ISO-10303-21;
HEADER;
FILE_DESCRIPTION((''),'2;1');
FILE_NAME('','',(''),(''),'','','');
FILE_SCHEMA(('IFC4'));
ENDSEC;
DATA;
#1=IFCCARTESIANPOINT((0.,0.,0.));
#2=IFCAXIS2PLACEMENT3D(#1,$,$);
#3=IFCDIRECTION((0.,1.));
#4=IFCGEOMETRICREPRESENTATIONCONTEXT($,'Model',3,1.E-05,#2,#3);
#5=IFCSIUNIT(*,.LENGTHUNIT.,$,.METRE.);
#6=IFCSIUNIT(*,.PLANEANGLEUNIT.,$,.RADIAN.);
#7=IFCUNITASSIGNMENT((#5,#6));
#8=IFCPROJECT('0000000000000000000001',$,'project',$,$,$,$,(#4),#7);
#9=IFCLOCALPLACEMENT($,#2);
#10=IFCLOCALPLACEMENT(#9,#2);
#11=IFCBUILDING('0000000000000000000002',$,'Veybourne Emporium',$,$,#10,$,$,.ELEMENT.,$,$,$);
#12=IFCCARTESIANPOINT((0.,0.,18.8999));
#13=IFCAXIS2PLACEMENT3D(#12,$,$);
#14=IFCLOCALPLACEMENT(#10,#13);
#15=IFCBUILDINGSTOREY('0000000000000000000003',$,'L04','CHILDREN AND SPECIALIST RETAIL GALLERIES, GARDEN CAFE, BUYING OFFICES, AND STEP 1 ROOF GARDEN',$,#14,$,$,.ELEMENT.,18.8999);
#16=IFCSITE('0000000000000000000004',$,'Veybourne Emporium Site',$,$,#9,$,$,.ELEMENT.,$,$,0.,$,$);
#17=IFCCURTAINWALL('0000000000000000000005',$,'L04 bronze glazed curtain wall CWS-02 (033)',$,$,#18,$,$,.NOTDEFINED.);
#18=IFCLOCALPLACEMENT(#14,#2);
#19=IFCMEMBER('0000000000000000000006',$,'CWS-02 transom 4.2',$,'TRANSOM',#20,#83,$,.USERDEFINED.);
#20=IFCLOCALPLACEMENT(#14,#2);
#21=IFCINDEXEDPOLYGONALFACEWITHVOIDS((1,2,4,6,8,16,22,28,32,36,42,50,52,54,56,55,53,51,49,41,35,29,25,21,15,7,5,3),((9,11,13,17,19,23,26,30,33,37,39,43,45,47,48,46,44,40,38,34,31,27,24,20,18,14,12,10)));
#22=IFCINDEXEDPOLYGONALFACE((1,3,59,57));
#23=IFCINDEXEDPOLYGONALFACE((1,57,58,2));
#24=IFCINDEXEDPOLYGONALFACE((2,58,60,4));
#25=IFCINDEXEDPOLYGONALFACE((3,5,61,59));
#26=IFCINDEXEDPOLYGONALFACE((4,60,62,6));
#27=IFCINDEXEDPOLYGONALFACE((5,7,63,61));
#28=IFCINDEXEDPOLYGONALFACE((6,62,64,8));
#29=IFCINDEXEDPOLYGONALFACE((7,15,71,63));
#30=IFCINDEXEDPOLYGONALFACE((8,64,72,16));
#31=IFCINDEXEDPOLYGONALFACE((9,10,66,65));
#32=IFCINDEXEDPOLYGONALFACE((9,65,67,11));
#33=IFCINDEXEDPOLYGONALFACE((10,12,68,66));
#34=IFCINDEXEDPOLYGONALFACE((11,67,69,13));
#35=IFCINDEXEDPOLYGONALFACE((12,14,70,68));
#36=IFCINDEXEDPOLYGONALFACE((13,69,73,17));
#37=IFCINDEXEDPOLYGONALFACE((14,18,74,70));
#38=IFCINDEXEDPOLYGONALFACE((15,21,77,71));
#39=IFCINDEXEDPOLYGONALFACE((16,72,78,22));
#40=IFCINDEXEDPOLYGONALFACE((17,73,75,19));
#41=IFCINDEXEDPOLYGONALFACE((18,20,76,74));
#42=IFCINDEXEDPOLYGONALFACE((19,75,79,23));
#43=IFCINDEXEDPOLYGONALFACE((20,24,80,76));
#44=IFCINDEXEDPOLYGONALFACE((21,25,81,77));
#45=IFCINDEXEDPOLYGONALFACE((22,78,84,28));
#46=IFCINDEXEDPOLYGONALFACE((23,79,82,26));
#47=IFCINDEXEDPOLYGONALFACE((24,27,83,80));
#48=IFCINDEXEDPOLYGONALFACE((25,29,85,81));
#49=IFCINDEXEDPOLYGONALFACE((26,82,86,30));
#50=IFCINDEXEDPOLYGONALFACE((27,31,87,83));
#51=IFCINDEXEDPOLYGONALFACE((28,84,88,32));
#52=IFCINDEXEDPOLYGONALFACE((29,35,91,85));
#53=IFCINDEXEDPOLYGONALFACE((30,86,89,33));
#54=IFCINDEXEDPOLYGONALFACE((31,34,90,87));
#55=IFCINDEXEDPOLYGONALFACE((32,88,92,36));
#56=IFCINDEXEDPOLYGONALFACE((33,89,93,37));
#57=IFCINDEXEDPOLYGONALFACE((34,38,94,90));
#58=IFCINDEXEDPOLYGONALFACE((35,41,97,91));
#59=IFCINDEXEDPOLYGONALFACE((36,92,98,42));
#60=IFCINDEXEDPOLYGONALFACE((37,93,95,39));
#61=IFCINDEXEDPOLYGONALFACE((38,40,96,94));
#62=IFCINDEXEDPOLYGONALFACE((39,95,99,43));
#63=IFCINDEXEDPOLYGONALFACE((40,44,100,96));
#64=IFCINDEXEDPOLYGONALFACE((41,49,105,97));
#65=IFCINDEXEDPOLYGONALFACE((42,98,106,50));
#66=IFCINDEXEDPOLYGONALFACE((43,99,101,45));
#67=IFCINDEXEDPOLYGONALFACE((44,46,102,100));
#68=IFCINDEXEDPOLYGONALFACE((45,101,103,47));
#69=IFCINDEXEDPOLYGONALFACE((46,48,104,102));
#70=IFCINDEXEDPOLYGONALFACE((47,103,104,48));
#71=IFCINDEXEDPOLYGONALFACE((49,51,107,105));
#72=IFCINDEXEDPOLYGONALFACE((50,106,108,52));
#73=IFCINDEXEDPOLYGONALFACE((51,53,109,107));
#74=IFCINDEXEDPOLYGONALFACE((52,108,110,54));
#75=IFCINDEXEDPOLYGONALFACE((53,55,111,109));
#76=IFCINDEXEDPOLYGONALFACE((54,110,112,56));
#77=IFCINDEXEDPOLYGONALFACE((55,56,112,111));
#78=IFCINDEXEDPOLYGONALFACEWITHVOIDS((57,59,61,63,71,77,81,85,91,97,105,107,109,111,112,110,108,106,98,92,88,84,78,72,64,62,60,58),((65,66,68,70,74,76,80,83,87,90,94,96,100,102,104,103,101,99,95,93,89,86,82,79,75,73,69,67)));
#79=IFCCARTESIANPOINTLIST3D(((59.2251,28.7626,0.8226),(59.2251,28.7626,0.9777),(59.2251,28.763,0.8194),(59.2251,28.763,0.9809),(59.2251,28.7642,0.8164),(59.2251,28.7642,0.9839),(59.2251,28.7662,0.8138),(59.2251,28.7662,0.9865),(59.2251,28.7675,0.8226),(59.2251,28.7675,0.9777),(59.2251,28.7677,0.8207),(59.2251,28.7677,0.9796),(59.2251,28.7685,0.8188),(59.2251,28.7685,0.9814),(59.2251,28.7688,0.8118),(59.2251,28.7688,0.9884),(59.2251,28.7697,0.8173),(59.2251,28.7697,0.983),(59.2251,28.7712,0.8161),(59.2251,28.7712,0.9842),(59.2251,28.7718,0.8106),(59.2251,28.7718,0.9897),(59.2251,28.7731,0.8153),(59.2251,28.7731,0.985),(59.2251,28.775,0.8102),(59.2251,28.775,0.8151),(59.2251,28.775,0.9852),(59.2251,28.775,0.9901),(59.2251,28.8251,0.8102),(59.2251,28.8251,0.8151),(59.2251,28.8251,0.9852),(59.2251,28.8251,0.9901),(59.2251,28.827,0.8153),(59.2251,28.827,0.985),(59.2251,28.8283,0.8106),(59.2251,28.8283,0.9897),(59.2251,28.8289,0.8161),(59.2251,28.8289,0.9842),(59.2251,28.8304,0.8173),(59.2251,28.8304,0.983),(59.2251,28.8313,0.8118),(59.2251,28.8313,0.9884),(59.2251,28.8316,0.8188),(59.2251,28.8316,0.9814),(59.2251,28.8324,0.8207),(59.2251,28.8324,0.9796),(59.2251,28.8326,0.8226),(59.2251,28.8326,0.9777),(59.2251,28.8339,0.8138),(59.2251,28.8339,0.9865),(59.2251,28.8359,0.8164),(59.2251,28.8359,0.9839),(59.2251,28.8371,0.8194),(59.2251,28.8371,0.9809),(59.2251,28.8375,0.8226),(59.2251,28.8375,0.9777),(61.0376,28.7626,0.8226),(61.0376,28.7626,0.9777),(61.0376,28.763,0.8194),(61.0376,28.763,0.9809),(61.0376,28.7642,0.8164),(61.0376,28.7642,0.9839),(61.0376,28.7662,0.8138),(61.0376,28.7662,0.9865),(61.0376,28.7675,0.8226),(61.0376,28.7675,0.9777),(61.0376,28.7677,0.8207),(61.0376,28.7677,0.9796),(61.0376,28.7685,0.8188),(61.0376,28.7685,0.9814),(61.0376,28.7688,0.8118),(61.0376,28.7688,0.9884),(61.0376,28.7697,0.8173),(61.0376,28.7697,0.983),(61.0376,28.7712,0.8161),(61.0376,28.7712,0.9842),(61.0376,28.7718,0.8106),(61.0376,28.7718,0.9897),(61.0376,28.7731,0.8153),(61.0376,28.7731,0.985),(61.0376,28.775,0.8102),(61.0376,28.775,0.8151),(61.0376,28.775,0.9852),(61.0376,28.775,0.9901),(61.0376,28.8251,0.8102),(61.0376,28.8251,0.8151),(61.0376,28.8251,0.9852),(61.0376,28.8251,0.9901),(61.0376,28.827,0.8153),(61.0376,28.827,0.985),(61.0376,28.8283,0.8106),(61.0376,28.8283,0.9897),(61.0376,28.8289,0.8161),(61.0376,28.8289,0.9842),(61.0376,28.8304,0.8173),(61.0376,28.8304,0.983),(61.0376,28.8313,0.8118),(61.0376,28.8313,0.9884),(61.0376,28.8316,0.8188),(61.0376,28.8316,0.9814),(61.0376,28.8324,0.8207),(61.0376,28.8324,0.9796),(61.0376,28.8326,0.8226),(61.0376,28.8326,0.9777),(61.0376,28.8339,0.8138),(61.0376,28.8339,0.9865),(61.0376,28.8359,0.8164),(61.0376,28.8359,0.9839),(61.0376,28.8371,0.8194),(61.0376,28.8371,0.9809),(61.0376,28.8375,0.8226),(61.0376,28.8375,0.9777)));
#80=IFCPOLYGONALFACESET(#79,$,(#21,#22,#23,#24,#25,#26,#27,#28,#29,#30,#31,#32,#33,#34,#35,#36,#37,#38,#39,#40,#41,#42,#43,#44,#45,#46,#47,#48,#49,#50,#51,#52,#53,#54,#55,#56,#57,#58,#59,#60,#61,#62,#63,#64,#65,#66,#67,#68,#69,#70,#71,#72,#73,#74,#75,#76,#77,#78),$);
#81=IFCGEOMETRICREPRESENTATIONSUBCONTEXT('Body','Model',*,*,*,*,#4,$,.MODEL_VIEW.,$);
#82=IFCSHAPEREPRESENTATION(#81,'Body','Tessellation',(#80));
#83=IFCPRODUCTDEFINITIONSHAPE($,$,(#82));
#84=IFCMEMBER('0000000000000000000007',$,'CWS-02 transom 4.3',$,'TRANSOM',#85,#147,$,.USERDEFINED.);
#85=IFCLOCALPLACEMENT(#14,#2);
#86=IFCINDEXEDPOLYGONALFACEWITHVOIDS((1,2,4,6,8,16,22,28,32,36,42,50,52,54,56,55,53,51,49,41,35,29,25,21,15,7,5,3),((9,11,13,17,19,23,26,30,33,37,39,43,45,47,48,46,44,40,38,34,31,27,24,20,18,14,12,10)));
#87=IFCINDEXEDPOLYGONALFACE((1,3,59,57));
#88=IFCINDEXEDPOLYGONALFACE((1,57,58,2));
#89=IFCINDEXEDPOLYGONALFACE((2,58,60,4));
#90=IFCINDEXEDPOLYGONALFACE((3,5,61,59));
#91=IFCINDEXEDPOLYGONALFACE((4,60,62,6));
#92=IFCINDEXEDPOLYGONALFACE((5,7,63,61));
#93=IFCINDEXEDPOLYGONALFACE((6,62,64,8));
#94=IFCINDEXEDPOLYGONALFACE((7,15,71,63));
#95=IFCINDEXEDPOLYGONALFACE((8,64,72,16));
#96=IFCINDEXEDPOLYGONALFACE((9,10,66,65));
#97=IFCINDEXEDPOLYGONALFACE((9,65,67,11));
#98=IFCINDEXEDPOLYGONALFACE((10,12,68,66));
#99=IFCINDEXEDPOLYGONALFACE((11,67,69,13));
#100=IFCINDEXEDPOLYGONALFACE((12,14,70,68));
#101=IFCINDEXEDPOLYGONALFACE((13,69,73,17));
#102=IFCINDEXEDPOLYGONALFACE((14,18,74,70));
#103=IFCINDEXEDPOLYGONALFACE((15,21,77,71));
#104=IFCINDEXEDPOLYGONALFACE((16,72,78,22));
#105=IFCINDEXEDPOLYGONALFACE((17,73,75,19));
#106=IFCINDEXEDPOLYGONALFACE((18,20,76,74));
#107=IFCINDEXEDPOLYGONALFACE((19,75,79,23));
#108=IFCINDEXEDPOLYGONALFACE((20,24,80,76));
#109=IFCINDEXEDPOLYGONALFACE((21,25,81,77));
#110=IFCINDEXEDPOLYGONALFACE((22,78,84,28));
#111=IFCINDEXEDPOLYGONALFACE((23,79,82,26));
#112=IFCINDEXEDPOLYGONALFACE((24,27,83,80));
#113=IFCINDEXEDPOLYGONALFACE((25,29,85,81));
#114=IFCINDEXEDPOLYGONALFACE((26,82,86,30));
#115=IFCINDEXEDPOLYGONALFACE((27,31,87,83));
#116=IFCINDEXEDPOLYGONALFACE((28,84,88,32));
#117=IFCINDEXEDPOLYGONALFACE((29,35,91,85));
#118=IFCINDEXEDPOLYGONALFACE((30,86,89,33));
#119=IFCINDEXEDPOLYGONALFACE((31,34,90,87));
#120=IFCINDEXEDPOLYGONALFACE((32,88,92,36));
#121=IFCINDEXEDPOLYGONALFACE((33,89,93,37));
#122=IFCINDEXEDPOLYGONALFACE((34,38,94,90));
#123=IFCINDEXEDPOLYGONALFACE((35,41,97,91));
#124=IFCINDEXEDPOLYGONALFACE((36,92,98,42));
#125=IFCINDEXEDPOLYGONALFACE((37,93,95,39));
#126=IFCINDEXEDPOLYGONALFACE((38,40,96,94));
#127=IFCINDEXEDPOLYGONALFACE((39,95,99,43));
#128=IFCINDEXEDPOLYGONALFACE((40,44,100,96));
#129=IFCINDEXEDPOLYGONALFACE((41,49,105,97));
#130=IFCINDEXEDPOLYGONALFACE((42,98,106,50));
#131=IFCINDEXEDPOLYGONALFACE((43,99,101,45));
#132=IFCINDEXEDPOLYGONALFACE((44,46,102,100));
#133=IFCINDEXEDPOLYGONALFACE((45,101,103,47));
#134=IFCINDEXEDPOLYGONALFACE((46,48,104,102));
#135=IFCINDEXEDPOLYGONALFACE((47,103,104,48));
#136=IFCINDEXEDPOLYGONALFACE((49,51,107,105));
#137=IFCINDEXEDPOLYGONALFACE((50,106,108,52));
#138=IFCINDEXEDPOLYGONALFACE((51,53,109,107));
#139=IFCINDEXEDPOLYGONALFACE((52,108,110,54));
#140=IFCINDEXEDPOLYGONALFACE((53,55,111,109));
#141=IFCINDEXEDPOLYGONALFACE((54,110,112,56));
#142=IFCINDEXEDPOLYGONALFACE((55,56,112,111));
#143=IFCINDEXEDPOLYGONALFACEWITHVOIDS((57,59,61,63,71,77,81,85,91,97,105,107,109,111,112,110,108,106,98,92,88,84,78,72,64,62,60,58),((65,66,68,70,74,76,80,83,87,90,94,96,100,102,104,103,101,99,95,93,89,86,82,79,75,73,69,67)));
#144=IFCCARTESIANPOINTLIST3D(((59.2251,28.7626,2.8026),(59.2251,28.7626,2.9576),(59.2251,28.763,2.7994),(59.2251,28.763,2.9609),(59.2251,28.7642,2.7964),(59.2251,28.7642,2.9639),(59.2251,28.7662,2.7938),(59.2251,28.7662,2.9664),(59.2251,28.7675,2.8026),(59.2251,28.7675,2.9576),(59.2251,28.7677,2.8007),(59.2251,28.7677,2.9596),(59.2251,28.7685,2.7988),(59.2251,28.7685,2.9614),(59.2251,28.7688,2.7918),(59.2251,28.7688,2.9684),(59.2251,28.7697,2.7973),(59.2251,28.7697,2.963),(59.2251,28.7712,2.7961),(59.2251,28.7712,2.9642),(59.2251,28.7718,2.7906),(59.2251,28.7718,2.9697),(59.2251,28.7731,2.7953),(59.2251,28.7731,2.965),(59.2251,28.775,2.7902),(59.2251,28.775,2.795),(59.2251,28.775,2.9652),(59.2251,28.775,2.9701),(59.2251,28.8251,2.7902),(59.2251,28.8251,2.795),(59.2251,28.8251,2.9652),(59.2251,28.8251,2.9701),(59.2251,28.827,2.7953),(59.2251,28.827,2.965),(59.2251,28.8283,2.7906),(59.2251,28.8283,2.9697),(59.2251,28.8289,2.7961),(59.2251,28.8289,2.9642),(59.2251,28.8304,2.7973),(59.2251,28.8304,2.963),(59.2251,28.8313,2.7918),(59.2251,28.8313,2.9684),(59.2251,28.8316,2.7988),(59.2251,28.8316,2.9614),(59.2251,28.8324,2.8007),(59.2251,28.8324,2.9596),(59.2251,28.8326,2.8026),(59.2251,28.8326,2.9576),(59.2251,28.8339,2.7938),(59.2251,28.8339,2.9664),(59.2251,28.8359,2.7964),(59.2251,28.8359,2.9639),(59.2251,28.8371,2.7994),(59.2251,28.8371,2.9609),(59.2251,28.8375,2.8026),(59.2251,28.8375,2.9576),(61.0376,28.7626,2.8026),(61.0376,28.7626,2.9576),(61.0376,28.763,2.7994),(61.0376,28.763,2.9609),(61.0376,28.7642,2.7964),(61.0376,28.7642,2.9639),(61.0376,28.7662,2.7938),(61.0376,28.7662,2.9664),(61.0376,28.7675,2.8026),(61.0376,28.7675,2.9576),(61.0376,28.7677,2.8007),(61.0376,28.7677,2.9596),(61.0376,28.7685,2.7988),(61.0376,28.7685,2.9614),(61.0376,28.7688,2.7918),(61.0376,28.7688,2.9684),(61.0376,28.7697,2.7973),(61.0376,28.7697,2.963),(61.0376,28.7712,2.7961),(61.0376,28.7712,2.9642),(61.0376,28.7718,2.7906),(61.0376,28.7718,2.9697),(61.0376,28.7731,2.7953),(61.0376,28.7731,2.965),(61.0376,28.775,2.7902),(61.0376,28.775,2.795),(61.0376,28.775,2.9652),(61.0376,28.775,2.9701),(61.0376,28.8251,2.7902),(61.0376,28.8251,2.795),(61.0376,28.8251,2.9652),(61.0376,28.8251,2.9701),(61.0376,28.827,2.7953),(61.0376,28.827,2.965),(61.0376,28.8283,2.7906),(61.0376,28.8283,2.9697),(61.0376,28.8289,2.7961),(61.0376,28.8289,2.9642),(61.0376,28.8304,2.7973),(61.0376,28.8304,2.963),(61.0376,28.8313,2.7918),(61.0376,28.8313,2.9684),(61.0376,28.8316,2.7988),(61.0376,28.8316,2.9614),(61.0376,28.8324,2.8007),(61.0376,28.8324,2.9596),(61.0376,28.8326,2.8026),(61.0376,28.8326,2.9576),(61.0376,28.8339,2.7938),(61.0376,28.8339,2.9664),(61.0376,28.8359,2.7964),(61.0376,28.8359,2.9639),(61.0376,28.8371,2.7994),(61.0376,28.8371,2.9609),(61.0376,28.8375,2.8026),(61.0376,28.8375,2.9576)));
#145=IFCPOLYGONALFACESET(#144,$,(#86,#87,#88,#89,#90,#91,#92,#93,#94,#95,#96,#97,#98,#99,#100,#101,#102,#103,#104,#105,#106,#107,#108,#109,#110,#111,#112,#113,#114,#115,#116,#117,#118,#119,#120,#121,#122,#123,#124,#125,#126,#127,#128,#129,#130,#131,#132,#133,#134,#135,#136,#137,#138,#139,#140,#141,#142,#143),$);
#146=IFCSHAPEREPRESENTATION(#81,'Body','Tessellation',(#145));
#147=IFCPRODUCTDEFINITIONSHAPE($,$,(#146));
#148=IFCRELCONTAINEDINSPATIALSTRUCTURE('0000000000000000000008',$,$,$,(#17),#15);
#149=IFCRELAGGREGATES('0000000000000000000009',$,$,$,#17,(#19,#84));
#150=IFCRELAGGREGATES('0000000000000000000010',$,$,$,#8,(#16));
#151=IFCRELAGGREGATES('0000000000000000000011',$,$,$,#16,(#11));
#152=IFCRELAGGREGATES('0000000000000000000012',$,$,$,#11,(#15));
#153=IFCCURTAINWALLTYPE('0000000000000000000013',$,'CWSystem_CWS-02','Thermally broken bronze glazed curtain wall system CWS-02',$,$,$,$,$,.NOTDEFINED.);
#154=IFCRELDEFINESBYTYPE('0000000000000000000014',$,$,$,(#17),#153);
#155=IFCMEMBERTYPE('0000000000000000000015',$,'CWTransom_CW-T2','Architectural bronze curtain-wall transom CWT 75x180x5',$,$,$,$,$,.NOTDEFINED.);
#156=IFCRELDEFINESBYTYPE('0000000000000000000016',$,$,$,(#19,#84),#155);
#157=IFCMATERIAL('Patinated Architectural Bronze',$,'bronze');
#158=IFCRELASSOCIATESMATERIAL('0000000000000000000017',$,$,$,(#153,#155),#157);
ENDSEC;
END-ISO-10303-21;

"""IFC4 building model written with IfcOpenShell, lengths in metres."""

from ifc_helpers import new_model, si_unit, direction, frame, origin, origin_2d, place, context, subcontext, project, spatial, hollow_rectangle, extrude, material, material_profile, profile_set, type_object, element, aggregate, save


model = new_model("IFC4")

# Units and contexts
model_context = context("Model", 3, precision=1e-05, world=origin(), true_north=direction((0.0, 1.0)))
body_context = subcontext(model_context, "Body", "Model", "MODEL_VIEW")
ifc_project = project(units=[si_unit("LENGTHUNIT", "METRE"), si_unit("PLANEANGLEUNIT", "RADIAN")], contexts=[model_context])

# Site, building, storey
site_placement = place(None, origin())
site = spatial("IfcSite", under=ifc_project, at=site_placement, Name="Veybourne Emporium Site", CompositionType="ELEMENT", RefElevation=0.0)
building_placement = place(site_placement, origin())
building = spatial("IfcBuilding", under=site, at=building_placement, Name="Veybourne Emporium", CompositionType="ELEMENT")
storey_placement = place(building_placement, frame((0.0, 0.0, 18.8999)))
storey = spatial("IfcBuildingStorey", under=building, at=storey_placement, Name="L04", Description="CHILDREN AND SPECIALIST RETAIL GALLERIES, GARDEN CAFE, BUYING OFFICES, AND STEP 1 ROOF GARDEN", CompositionType="ELEMENT", Elevation=18.8999)

# Curtain wall, members
ifc_material_1 = material(Name="Patinated Architectural Bronze", Category="bronze")
curtain_wall_type = type_object("IfcCurtainWallType", Name="CWSystem_CWS-02", Description="Thermally broken bronze glazed curtain wall system CWS-02", PredefinedType="NOTDEFINED", material=ifc_material_1)
curtain_wall_placement = place(storey_placement, origin())
curtain_wall = element("IfcCurtainWall", 1, at=curtain_wall_placement, inside=storey, type_object=curtain_wall_type, Name="L04 bronze glazed curtain wall CWS-02 (033)", PredefinedType="NOTDEFINED")
ifc_material_profile_1 = material_profile(ifc_material_1, hollow_rectangle(XDim=0.075, YDim=0.1799, WallThickness=0.0049, InnerFilletRadius=0.0076, OuterFilletRadius=0.0125, at=origin_2d()), Name="CWT 75x180x5")
ifc_profile_set_1 = profile_set([ifc_material_profile_1], Name="Patinated Architectural Bronze")
member_type_1 = type_object("IfcMemberType", Name="CWTransom_CW-T2", Description="Architectural bronze curtain-wall transom CWT 75x180x5", PredefinedType="NOTDEFINED", material=ifc_profile_set_1)
member_1_placement = place(storey_placement, frame((61.0376, 28.8, 0.9001), z_axis=(-1.0, 0.0, 0.0), x_axis=(0.0, -1.0, 0.0)))
member_1 = element("IfcMember", 2, at=member_1_placement, type_object=member_type_1, Name="CWS-02 transom 4.2", ObjectType="TRANSOM", PredefinedType="USERDEFINED", context=body_context, shape_type="SweptSolid", body=[
    extrude(hollow_rectangle(XDim=0.075, YDim=0.1799, WallThickness=0.0049, InnerFilletRadius=0.0076, OuterFilletRadius=0.0125, at=origin_2d()), origin(), (0.0, 0.0, 1.0), 1.8125),
])
member_2_placement = place(storey_placement, frame((61.0376, 28.8, 2.8801), z_axis=(-1.0, 0.0, 0.0), x_axis=(0.0, -1.0, 0.0)))
member_2 = element("IfcMember", 3, at=member_2_placement, type_object=member_type_1, Name="CWS-02 transom 4.3", ObjectType="TRANSOM", PredefinedType="USERDEFINED", context=body_context, shape_type="SweptSolid", body=[
    extrude(hollow_rectangle(XDim=0.075, YDim=0.1799, WallThickness=0.0049, InnerFilletRadius=0.0076, OuterFilletRadius=0.0125, at=origin_2d()), origin(), (0.0, 0.0, 1.0), 1.8125),
])

aggregate(curtain_wall, [member_1, member_2])

save(model, "model.ifc")
